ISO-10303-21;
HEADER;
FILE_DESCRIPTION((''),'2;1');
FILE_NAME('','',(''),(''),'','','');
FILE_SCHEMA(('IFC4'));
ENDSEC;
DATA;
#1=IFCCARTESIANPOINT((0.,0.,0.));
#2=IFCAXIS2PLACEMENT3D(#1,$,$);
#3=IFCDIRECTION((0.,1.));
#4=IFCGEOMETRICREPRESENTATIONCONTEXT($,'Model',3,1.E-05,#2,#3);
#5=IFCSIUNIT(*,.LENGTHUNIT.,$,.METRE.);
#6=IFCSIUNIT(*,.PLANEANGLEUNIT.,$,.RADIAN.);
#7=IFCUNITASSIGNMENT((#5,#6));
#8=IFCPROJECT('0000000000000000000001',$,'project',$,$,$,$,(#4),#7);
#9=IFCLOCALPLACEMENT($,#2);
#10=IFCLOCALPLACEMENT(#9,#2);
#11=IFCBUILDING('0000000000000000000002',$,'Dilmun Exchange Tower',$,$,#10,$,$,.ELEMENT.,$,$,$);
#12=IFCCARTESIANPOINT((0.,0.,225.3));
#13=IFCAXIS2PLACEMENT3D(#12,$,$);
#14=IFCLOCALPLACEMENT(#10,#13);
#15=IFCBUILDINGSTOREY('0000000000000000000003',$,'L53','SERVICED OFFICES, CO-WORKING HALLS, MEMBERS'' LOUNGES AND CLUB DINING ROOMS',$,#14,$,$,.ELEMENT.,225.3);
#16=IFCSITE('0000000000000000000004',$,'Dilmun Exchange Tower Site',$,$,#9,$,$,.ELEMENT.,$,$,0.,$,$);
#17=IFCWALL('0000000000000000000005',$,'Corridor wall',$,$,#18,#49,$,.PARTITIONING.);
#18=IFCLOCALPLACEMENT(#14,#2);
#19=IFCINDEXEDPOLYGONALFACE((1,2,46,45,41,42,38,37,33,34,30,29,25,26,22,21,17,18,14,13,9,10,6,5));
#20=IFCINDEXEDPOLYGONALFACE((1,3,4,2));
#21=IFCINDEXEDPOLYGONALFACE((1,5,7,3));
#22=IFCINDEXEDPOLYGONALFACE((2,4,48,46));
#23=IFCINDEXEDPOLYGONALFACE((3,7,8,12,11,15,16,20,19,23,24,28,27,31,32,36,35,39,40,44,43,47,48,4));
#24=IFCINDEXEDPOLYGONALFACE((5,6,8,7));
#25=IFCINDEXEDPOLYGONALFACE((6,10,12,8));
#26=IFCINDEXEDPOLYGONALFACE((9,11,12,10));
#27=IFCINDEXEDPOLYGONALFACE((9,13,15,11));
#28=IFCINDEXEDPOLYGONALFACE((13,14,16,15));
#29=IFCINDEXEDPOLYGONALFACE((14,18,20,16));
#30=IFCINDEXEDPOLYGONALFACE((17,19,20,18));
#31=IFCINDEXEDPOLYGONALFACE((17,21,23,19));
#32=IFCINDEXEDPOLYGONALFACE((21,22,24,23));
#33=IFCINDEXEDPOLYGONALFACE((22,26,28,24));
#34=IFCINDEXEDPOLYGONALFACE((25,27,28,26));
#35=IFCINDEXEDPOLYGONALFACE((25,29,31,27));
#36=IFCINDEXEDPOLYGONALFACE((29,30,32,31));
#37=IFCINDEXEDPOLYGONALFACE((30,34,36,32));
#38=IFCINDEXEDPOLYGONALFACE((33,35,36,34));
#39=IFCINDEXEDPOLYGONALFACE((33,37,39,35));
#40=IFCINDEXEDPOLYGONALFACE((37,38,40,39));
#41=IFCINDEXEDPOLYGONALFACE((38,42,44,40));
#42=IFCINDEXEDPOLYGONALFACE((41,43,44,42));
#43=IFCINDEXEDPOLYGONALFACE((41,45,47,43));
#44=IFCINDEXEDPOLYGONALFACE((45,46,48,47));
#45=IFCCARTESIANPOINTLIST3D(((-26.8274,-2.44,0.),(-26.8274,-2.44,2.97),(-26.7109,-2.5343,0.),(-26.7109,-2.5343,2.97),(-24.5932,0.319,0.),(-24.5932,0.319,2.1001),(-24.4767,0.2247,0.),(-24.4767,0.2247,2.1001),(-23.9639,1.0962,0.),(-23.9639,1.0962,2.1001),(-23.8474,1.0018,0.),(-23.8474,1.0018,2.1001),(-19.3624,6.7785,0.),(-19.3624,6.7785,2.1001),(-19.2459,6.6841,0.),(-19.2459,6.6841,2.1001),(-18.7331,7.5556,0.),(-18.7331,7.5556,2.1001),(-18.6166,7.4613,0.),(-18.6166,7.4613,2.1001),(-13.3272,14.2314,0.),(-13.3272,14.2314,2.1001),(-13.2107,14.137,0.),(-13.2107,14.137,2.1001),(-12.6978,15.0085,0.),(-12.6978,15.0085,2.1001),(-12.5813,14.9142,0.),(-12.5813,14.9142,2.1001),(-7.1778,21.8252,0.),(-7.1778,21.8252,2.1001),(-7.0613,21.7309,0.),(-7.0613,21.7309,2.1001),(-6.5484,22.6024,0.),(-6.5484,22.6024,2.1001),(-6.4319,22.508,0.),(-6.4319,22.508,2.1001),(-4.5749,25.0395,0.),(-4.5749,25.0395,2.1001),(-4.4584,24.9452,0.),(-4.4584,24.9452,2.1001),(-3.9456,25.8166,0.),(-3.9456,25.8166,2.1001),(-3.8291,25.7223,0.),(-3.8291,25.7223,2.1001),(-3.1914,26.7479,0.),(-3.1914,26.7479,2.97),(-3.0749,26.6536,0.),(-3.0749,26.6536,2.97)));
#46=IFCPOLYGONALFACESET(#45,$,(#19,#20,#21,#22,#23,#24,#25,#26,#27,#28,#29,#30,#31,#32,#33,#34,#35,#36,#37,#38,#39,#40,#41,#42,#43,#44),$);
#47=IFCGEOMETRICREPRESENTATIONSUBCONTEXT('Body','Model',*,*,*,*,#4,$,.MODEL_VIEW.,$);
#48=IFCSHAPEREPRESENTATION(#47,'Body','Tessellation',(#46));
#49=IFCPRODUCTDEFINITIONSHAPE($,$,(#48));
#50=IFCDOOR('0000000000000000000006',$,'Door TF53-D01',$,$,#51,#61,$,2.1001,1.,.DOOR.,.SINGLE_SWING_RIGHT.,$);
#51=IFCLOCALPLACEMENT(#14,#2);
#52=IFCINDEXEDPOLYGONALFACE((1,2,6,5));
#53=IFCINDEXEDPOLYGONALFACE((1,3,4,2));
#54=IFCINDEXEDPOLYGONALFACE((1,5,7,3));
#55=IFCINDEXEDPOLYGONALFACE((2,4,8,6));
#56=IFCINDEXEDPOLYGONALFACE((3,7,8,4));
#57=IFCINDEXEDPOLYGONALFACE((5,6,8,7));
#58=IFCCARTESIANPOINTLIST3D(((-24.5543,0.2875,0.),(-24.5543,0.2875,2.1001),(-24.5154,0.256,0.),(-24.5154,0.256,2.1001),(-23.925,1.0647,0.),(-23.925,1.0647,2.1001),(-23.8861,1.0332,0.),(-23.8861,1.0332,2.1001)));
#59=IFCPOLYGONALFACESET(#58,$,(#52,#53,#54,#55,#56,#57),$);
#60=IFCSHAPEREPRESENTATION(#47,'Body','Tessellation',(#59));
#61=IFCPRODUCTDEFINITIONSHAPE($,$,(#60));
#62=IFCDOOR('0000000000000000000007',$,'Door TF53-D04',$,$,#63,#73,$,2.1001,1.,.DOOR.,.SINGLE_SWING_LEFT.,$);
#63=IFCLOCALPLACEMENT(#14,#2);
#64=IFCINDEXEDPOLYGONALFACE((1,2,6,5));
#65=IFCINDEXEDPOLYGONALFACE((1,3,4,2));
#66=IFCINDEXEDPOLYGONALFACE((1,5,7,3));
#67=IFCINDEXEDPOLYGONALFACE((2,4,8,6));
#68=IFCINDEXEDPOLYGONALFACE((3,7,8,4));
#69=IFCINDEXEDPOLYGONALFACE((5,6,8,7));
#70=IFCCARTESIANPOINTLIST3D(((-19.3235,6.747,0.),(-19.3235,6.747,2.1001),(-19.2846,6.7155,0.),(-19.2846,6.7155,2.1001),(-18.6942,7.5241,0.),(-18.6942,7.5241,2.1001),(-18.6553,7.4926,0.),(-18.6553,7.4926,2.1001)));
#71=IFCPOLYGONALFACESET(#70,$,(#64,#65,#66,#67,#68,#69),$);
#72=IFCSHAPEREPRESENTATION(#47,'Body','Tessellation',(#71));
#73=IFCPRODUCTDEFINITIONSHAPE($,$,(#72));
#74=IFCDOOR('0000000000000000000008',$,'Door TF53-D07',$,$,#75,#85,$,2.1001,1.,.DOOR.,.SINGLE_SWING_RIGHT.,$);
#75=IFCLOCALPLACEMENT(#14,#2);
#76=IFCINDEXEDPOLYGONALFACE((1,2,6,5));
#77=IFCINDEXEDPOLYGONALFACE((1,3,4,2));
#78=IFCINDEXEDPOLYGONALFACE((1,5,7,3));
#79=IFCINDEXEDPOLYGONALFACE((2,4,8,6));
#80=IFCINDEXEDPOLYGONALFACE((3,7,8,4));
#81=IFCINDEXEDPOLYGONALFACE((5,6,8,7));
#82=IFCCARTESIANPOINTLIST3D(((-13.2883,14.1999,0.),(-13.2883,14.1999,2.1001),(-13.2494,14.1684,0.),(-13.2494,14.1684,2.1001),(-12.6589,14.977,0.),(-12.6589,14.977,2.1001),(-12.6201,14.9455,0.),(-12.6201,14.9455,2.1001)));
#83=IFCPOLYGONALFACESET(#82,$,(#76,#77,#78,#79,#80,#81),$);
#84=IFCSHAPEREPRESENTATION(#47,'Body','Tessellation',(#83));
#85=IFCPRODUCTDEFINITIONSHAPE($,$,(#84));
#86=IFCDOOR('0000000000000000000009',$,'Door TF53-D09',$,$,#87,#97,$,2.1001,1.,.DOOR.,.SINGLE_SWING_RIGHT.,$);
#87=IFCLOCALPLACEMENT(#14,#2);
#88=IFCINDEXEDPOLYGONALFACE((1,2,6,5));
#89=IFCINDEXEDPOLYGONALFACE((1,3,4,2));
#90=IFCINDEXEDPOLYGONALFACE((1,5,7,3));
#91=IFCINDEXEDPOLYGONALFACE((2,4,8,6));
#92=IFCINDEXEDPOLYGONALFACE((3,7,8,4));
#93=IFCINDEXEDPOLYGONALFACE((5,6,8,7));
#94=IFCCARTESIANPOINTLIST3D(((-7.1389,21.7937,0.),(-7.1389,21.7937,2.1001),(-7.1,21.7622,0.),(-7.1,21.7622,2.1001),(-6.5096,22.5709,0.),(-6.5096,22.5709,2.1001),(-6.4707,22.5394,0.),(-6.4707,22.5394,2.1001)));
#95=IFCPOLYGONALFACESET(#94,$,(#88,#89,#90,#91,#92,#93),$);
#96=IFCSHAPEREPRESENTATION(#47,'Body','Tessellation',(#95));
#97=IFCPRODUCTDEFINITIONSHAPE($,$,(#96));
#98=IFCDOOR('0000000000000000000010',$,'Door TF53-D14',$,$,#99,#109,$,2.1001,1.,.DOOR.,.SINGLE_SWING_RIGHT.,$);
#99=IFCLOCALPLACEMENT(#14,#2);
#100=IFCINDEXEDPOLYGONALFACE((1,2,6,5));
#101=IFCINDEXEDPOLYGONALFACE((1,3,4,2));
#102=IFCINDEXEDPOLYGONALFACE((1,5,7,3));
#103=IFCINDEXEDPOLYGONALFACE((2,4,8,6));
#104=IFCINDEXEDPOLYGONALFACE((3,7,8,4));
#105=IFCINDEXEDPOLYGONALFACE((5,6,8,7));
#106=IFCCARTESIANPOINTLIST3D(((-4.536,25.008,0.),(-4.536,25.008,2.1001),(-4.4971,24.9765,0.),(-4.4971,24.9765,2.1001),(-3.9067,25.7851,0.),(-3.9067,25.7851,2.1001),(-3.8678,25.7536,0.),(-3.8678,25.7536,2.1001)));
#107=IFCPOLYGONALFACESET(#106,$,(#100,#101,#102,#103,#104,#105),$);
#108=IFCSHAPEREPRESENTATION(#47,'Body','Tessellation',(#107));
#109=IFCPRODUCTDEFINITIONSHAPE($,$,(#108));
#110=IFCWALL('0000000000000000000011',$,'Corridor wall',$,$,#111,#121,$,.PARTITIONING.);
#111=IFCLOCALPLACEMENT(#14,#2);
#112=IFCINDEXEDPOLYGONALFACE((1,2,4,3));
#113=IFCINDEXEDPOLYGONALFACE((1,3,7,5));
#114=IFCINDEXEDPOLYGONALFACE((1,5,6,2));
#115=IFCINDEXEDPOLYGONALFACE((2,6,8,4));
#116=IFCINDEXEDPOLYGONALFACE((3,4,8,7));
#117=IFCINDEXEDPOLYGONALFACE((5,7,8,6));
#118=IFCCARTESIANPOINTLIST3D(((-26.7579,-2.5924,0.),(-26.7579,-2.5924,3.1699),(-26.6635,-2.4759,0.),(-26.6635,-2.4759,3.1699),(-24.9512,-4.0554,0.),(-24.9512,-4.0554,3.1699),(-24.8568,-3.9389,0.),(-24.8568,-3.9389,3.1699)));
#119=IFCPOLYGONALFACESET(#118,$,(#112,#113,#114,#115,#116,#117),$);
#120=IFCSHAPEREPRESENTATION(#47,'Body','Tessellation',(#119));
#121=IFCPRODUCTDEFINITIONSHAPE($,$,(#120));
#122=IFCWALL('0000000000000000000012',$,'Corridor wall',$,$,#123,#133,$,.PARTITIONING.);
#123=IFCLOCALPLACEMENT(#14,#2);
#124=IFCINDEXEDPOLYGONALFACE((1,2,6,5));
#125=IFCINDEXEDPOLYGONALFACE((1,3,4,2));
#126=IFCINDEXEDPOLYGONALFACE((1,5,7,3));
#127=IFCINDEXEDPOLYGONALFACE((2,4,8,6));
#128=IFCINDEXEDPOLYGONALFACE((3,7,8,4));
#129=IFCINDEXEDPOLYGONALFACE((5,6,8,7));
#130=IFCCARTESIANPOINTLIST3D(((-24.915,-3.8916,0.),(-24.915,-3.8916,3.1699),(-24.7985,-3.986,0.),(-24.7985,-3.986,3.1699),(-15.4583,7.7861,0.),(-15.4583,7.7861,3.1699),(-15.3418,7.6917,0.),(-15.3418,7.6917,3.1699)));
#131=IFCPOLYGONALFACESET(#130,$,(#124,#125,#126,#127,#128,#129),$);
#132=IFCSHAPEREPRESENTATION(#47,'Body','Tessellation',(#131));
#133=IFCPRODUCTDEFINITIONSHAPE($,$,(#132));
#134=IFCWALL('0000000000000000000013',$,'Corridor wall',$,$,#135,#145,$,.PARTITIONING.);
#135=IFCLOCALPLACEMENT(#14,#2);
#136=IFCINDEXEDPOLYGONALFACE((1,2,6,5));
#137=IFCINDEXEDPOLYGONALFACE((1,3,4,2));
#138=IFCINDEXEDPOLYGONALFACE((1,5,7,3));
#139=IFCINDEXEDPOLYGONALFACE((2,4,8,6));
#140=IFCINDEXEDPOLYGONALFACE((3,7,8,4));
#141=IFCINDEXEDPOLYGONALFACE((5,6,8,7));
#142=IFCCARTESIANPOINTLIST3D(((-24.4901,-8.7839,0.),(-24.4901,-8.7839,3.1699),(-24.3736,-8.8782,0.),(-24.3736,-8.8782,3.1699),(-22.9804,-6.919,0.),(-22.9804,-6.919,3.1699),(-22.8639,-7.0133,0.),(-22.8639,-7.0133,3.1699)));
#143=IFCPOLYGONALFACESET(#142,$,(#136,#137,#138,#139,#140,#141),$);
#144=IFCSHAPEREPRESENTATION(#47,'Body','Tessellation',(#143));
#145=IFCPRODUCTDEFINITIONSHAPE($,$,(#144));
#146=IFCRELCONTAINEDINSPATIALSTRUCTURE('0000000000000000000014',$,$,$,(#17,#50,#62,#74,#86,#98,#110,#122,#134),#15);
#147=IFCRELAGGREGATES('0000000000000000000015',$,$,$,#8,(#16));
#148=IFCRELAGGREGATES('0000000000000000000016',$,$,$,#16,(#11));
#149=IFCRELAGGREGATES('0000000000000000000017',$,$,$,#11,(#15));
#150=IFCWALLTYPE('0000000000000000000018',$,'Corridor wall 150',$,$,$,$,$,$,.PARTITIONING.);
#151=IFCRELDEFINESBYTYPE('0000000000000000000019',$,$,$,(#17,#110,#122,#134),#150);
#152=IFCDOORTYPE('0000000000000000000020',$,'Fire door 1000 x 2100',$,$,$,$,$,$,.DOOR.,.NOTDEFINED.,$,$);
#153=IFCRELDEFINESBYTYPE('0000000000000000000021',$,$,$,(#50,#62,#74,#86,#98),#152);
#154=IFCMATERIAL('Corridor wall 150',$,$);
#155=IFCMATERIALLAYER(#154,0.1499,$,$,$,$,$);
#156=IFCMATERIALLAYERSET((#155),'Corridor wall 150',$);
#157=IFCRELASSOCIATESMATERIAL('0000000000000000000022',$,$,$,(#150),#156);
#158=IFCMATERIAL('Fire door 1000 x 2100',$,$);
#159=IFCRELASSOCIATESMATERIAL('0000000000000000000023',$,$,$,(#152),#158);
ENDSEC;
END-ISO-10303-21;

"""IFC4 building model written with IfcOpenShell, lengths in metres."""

from ifc_helpers import new_model, si_unit, direction, frame, frame_2d, origin, place, context, subcontext, project, spatial, rectangle, extrude, material, layer, layer_set, type_object, element, fill, save


model = new_model("IFC4")

# Units and contexts
model_context = context("Model", 3, precision=1e-05, world=origin(), true_north=direction((0.0, 1.0)))
body_context = subcontext(model_context, "Body", "Model", "MODEL_VIEW")
ifc_project = project(units=[si_unit("LENGTHUNIT", "METRE"), si_unit("PLANEANGLEUNIT", "RADIAN")], contexts=[model_context])

# Site, building, storey
site_placement = place(None, origin())
site = spatial("IfcSite", under=ifc_project, at=site_placement, Name="Dilmun Exchange Tower Site", CompositionType="ELEMENT", RefElevation=0.0)
building_placement = place(site_placement, origin())
building = spatial("IfcBuilding", under=site, at=building_placement, Name="Dilmun Exchange Tower", CompositionType="ELEMENT")
storey_placement = place(building_placement, frame((0.0, 0.0, 225.3)))
storey = spatial("IfcBuildingStorey", under=building, at=storey_placement, Name="L53", Description="SERVICED OFFICES, CO-WORKING HALLS, MEMBERS' LOUNGES AND CLUB DINING ROOMS", CompositionType="ELEMENT", Elevation=225.3)

# Wall, openings, doors
ifc_material_1 = material(Name="Corridor wall 150")
ifc_layer_1 = layer(ifc_material_1, 0.1499)
ifc_layer_set_1 = layer_set([ifc_layer_1], Name="Corridor wall 150")
wall_type_1 = type_object("IfcWallType", Name="Corridor wall 150", PredefinedType="PARTITIONING", material=ifc_layer_set_1)
wall_1_placement = place(storey_placement, frame((-26.769, -2.4871, 0.0), z_axis=(0.0, 0.0, 1.0), x_axis=(0.629321, 0.777146, 0.0)))
wall_1 = element("IfcWall", 1, at=wall_1_placement, inside=storey, type_object=wall_type_1, Name="Corridor wall", PredefinedType="PARTITIONING", context=body_context, shape_type="SweptSolid", body=[
    extrude(rectangle(XDim=37.5579, YDim=0.1499, at=frame_2d((18.7788, 0.0))), origin(), (0.0, 0.0, 1.0), 2.97),
])
opening_1_placement = place(wall_1_placement, frame((3.55, 0.0, 0.0)))
opening_1 = element("IfcOpeningElement", 2, at=opening_1_placement, cuts=wall_1, PredefinedType="OPENING", context=body_context, shape_type="SweptSolid", body=[
    extrude(rectangle(XDim=1.0, YDim=2.1001, at=frame_2d((0.5, 1.05))), frame((0.0, 0.085, 0.0), z_axis=(0.0, -1.0, 0.0), x_axis=(1.0, 0.0, 0.0)), (0.0, 0.0, 1.0), 0.1699),
])
opening_2_placement = place(wall_1_placement, frame((11.8618, 0.0, 0.0)))
opening_2 = element("IfcOpeningElement", 3, at=opening_2_placement, cuts=wall_1, PredefinedType="OPENING", context=body_context, shape_type="SweptSolid", body=[
    extrude(rectangle(XDim=1.0, YDim=2.1001, at=frame_2d((0.5, 1.05))), frame((0.0, 0.085, 0.0), z_axis=(0.0, -1.0, 0.0), x_axis=(1.0, 0.0, 0.0)), (0.0, 0.0, 1.0), 0.1699),
])
opening_3_placement = place(wall_1_placement, frame((21.4519, 0.0, 0.0)))
opening_3 = element("IfcOpeningElement", 4, at=opening_3_placement, cuts=wall_1, PredefinedType="OPENING", context=body_context, shape_type="SweptSolid", body=[
    extrude(rectangle(XDim=1.0, YDim=2.1001, at=frame_2d((0.5, 1.05))), frame((0.0, 0.085, 0.0), z_axis=(0.0, -1.0, 0.0), x_axis=(1.0, 0.0, 0.0)), (0.0, 0.0, 1.0), 0.1699),
])
opening_4_placement = place(wall_1_placement, frame((31.2234, 0.0, 0.0)))
opening_4 = element("IfcOpeningElement", 5, at=opening_4_placement, cuts=wall_1, PredefinedType="OPENING", context=body_context, shape_type="SweptSolid", body=[
    extrude(rectangle(XDim=1.0, YDim=2.1001, at=frame_2d((0.5, 1.05))), frame((0.0, 0.085, 0.0), z_axis=(0.0, -1.0, 0.0), x_axis=(1.0, 0.0, 0.0)), (0.0, 0.0, 1.0), 0.1699),
])
opening_5_placement = place(wall_1_placement, frame((35.3594, 0.0, 0.0)))
opening_5 = element("IfcOpeningElement", 6, at=opening_5_placement, cuts=wall_1, PredefinedType="OPENING", context=body_context, shape_type="SweptSolid", body=[
    extrude(rectangle(XDim=1.0, YDim=2.1001, at=frame_2d((0.5, 1.05))), frame((0.0, 0.085, 0.0), z_axis=(0.0, -1.0, 0.0), x_axis=(1.0, 0.0, 0.0)), (0.0, 0.0, 1.0), 0.1699),
])
ifc_material_2 = material(Name="Fire door 1000 x 2100")
door_type_1 = type_object("IfcDoorType", Name="Fire door 1000 x 2100", OperationType="NOTDEFINED", PredefinedType="DOOR", material=ifc_material_2)
door_1_placement = place(opening_1_placement, origin())
door_1 = element("IfcDoor", 7, at=door_1_placement, inside=storey, type_object=door_type_1, Name="Door TF53-D01", OperationType="SINGLE_SWING_RIGHT", OverallHeight=2.1001, OverallWidth=1.0, PredefinedType="DOOR", context=body_context, shape_type="SweptSolid", body=[
    extrude(rectangle(XDim=1.0, YDim=2.1001, at=frame_2d((0.5, 1.05))), frame((0.0, 0.0249, 0.0), z_axis=(0.0, -1.0, 0.0), x_axis=(1.0, 0.0, 0.0)), (0.0, 0.0, 1.0), 0.05),
])
fill(opening_1, door_1)
door_2_placement = place(opening_2_placement, origin())
door_2 = element("IfcDoor", 8, at=door_2_placement, inside=storey, type_object=door_type_1, Name="Door TF53-D04", OperationType="SINGLE_SWING_LEFT", OverallHeight=2.1001, OverallWidth=1.0, PredefinedType="DOOR", context=body_context, shape_type="SweptSolid", body=[
    extrude(rectangle(XDim=1.0, YDim=2.1001, at=frame_2d((0.5, 1.05))), frame((0.0, 0.0249, 0.0), z_axis=(0.0, -1.0, 0.0), x_axis=(1.0, 0.0, 0.0)), (0.0, 0.0, 1.0), 0.05),
])
fill(opening_2, door_2)
door_3_placement = place(opening_3_placement, origin())
door_3 = element("IfcDoor", 9, at=door_3_placement, inside=storey, type_object=door_type_1, Name="Door TF53-D07", OperationType="SINGLE_SWING_RIGHT", OverallHeight=2.1001, OverallWidth=1.0, PredefinedType="DOOR", context=body_context, shape_type="SweptSolid", body=[
    extrude(rectangle(XDim=1.0, YDim=2.1001, at=frame_2d((0.5, 1.05))), frame((0.0, 0.0249, 0.0), z_axis=(0.0, -1.0, 0.0), x_axis=(1.0, 0.0, 0.0)), (0.0, 0.0, 1.0), 0.05),
])
fill(opening_3, door_3)
door_4_placement = place(opening_4_placement, origin())
door_4 = element("IfcDoor", 10, at=door_4_placement, inside=storey, type_object=door_type_1, Name="Door TF53-D09", OperationType="SINGLE_SWING_RIGHT", OverallHeight=2.1001, OverallWidth=1.0, PredefinedType="DOOR", context=body_context, shape_type="SweptSolid", body=[
    extrude(rectangle(XDim=1.0, YDim=2.1001, at=frame_2d((0.5, 1.05))), frame((0.0, 0.0249, 0.0), z_axis=(0.0, -1.0, 0.0), x_axis=(1.0, 0.0, 0.0)), (0.0, 0.0, 1.0), 0.05),
])
fill(opening_4, door_4)
door_5_placement = place(opening_5_placement, origin())
door_5 = element("IfcDoor", 11, at=door_5_placement, inside=storey, type_object=door_type_1, Name="Door TF53-D14", OperationType="SINGLE_SWING_RIGHT", OverallHeight=2.1001, OverallWidth=1.0, PredefinedType="DOOR", context=body_context, shape_type="SweptSolid", body=[
    extrude(rectangle(XDim=1.0, YDim=2.1001, at=frame_2d((0.5, 1.05))), frame((0.0, 0.0249, 0.0), z_axis=(0.0, -1.0, 0.0), x_axis=(1.0, 0.0, 0.0)), (0.0, 0.0, 1.0), 0.05),
])
fill(opening_5, door_5)

# Walls
wall_2_placement = place(storey_placement, frame((-26.7107, -2.5342, 0.0), z_axis=(0.0, 0.0, 1.0), x_axis=(0.777167, -0.629295, 0.0)))
element("IfcWall", 12, at=wall_2_placement, inside=storey, type_object=wall_type_1, Name="Corridor wall", PredefinedType="PARTITIONING", context=body_context, shape_type="SweptSolid", body=[
    extrude(rectangle(XDim=2.3247, YDim=0.1499, at=frame_2d((1.1624, 0.0))), origin(), (0.0, 0.0, 1.0), 3.1699),
])
wall_3_placement = place(storey_placement, frame((-24.8567, -3.9387, 0.0), z_axis=(0.0, 0.0, 1.0), x_axis=(0.629334, 0.777135, 0.0)))
element("IfcWall", 13, at=wall_3_placement, inside=storey, type_object=wall_type_1, Name="Corridor wall", PredefinedType="PARTITIONING", context=body_context, shape_type="SweptSolid", body=[
    extrude(rectangle(XDim=15.0266, YDim=0.1499, at=frame_2d((7.5132, 0.0))), origin(), (0.0, 0.0, 1.0), 3.1699),
])
wall_4_placement = place(storey_placement, frame((-24.4319, -8.8311, 0.0), z_axis=(0.0, 0.0, 1.0), x_axis=(0.629201, 0.777243, 0.0)))
element("IfcWall", 14, at=wall_4_placement, inside=storey, type_object=wall_type_1, Name="Corridor wall", PredefinedType="PARTITIONING", context=body_context, shape_type="SweptSolid", body=[
    extrude(rectangle(XDim=2.3994, YDim=0.1499, at=frame_2d((1.1997, 0.0))), origin(), (0.0, 0.0, 1.0), 3.1699),
])

save(model, "model.ifc")
